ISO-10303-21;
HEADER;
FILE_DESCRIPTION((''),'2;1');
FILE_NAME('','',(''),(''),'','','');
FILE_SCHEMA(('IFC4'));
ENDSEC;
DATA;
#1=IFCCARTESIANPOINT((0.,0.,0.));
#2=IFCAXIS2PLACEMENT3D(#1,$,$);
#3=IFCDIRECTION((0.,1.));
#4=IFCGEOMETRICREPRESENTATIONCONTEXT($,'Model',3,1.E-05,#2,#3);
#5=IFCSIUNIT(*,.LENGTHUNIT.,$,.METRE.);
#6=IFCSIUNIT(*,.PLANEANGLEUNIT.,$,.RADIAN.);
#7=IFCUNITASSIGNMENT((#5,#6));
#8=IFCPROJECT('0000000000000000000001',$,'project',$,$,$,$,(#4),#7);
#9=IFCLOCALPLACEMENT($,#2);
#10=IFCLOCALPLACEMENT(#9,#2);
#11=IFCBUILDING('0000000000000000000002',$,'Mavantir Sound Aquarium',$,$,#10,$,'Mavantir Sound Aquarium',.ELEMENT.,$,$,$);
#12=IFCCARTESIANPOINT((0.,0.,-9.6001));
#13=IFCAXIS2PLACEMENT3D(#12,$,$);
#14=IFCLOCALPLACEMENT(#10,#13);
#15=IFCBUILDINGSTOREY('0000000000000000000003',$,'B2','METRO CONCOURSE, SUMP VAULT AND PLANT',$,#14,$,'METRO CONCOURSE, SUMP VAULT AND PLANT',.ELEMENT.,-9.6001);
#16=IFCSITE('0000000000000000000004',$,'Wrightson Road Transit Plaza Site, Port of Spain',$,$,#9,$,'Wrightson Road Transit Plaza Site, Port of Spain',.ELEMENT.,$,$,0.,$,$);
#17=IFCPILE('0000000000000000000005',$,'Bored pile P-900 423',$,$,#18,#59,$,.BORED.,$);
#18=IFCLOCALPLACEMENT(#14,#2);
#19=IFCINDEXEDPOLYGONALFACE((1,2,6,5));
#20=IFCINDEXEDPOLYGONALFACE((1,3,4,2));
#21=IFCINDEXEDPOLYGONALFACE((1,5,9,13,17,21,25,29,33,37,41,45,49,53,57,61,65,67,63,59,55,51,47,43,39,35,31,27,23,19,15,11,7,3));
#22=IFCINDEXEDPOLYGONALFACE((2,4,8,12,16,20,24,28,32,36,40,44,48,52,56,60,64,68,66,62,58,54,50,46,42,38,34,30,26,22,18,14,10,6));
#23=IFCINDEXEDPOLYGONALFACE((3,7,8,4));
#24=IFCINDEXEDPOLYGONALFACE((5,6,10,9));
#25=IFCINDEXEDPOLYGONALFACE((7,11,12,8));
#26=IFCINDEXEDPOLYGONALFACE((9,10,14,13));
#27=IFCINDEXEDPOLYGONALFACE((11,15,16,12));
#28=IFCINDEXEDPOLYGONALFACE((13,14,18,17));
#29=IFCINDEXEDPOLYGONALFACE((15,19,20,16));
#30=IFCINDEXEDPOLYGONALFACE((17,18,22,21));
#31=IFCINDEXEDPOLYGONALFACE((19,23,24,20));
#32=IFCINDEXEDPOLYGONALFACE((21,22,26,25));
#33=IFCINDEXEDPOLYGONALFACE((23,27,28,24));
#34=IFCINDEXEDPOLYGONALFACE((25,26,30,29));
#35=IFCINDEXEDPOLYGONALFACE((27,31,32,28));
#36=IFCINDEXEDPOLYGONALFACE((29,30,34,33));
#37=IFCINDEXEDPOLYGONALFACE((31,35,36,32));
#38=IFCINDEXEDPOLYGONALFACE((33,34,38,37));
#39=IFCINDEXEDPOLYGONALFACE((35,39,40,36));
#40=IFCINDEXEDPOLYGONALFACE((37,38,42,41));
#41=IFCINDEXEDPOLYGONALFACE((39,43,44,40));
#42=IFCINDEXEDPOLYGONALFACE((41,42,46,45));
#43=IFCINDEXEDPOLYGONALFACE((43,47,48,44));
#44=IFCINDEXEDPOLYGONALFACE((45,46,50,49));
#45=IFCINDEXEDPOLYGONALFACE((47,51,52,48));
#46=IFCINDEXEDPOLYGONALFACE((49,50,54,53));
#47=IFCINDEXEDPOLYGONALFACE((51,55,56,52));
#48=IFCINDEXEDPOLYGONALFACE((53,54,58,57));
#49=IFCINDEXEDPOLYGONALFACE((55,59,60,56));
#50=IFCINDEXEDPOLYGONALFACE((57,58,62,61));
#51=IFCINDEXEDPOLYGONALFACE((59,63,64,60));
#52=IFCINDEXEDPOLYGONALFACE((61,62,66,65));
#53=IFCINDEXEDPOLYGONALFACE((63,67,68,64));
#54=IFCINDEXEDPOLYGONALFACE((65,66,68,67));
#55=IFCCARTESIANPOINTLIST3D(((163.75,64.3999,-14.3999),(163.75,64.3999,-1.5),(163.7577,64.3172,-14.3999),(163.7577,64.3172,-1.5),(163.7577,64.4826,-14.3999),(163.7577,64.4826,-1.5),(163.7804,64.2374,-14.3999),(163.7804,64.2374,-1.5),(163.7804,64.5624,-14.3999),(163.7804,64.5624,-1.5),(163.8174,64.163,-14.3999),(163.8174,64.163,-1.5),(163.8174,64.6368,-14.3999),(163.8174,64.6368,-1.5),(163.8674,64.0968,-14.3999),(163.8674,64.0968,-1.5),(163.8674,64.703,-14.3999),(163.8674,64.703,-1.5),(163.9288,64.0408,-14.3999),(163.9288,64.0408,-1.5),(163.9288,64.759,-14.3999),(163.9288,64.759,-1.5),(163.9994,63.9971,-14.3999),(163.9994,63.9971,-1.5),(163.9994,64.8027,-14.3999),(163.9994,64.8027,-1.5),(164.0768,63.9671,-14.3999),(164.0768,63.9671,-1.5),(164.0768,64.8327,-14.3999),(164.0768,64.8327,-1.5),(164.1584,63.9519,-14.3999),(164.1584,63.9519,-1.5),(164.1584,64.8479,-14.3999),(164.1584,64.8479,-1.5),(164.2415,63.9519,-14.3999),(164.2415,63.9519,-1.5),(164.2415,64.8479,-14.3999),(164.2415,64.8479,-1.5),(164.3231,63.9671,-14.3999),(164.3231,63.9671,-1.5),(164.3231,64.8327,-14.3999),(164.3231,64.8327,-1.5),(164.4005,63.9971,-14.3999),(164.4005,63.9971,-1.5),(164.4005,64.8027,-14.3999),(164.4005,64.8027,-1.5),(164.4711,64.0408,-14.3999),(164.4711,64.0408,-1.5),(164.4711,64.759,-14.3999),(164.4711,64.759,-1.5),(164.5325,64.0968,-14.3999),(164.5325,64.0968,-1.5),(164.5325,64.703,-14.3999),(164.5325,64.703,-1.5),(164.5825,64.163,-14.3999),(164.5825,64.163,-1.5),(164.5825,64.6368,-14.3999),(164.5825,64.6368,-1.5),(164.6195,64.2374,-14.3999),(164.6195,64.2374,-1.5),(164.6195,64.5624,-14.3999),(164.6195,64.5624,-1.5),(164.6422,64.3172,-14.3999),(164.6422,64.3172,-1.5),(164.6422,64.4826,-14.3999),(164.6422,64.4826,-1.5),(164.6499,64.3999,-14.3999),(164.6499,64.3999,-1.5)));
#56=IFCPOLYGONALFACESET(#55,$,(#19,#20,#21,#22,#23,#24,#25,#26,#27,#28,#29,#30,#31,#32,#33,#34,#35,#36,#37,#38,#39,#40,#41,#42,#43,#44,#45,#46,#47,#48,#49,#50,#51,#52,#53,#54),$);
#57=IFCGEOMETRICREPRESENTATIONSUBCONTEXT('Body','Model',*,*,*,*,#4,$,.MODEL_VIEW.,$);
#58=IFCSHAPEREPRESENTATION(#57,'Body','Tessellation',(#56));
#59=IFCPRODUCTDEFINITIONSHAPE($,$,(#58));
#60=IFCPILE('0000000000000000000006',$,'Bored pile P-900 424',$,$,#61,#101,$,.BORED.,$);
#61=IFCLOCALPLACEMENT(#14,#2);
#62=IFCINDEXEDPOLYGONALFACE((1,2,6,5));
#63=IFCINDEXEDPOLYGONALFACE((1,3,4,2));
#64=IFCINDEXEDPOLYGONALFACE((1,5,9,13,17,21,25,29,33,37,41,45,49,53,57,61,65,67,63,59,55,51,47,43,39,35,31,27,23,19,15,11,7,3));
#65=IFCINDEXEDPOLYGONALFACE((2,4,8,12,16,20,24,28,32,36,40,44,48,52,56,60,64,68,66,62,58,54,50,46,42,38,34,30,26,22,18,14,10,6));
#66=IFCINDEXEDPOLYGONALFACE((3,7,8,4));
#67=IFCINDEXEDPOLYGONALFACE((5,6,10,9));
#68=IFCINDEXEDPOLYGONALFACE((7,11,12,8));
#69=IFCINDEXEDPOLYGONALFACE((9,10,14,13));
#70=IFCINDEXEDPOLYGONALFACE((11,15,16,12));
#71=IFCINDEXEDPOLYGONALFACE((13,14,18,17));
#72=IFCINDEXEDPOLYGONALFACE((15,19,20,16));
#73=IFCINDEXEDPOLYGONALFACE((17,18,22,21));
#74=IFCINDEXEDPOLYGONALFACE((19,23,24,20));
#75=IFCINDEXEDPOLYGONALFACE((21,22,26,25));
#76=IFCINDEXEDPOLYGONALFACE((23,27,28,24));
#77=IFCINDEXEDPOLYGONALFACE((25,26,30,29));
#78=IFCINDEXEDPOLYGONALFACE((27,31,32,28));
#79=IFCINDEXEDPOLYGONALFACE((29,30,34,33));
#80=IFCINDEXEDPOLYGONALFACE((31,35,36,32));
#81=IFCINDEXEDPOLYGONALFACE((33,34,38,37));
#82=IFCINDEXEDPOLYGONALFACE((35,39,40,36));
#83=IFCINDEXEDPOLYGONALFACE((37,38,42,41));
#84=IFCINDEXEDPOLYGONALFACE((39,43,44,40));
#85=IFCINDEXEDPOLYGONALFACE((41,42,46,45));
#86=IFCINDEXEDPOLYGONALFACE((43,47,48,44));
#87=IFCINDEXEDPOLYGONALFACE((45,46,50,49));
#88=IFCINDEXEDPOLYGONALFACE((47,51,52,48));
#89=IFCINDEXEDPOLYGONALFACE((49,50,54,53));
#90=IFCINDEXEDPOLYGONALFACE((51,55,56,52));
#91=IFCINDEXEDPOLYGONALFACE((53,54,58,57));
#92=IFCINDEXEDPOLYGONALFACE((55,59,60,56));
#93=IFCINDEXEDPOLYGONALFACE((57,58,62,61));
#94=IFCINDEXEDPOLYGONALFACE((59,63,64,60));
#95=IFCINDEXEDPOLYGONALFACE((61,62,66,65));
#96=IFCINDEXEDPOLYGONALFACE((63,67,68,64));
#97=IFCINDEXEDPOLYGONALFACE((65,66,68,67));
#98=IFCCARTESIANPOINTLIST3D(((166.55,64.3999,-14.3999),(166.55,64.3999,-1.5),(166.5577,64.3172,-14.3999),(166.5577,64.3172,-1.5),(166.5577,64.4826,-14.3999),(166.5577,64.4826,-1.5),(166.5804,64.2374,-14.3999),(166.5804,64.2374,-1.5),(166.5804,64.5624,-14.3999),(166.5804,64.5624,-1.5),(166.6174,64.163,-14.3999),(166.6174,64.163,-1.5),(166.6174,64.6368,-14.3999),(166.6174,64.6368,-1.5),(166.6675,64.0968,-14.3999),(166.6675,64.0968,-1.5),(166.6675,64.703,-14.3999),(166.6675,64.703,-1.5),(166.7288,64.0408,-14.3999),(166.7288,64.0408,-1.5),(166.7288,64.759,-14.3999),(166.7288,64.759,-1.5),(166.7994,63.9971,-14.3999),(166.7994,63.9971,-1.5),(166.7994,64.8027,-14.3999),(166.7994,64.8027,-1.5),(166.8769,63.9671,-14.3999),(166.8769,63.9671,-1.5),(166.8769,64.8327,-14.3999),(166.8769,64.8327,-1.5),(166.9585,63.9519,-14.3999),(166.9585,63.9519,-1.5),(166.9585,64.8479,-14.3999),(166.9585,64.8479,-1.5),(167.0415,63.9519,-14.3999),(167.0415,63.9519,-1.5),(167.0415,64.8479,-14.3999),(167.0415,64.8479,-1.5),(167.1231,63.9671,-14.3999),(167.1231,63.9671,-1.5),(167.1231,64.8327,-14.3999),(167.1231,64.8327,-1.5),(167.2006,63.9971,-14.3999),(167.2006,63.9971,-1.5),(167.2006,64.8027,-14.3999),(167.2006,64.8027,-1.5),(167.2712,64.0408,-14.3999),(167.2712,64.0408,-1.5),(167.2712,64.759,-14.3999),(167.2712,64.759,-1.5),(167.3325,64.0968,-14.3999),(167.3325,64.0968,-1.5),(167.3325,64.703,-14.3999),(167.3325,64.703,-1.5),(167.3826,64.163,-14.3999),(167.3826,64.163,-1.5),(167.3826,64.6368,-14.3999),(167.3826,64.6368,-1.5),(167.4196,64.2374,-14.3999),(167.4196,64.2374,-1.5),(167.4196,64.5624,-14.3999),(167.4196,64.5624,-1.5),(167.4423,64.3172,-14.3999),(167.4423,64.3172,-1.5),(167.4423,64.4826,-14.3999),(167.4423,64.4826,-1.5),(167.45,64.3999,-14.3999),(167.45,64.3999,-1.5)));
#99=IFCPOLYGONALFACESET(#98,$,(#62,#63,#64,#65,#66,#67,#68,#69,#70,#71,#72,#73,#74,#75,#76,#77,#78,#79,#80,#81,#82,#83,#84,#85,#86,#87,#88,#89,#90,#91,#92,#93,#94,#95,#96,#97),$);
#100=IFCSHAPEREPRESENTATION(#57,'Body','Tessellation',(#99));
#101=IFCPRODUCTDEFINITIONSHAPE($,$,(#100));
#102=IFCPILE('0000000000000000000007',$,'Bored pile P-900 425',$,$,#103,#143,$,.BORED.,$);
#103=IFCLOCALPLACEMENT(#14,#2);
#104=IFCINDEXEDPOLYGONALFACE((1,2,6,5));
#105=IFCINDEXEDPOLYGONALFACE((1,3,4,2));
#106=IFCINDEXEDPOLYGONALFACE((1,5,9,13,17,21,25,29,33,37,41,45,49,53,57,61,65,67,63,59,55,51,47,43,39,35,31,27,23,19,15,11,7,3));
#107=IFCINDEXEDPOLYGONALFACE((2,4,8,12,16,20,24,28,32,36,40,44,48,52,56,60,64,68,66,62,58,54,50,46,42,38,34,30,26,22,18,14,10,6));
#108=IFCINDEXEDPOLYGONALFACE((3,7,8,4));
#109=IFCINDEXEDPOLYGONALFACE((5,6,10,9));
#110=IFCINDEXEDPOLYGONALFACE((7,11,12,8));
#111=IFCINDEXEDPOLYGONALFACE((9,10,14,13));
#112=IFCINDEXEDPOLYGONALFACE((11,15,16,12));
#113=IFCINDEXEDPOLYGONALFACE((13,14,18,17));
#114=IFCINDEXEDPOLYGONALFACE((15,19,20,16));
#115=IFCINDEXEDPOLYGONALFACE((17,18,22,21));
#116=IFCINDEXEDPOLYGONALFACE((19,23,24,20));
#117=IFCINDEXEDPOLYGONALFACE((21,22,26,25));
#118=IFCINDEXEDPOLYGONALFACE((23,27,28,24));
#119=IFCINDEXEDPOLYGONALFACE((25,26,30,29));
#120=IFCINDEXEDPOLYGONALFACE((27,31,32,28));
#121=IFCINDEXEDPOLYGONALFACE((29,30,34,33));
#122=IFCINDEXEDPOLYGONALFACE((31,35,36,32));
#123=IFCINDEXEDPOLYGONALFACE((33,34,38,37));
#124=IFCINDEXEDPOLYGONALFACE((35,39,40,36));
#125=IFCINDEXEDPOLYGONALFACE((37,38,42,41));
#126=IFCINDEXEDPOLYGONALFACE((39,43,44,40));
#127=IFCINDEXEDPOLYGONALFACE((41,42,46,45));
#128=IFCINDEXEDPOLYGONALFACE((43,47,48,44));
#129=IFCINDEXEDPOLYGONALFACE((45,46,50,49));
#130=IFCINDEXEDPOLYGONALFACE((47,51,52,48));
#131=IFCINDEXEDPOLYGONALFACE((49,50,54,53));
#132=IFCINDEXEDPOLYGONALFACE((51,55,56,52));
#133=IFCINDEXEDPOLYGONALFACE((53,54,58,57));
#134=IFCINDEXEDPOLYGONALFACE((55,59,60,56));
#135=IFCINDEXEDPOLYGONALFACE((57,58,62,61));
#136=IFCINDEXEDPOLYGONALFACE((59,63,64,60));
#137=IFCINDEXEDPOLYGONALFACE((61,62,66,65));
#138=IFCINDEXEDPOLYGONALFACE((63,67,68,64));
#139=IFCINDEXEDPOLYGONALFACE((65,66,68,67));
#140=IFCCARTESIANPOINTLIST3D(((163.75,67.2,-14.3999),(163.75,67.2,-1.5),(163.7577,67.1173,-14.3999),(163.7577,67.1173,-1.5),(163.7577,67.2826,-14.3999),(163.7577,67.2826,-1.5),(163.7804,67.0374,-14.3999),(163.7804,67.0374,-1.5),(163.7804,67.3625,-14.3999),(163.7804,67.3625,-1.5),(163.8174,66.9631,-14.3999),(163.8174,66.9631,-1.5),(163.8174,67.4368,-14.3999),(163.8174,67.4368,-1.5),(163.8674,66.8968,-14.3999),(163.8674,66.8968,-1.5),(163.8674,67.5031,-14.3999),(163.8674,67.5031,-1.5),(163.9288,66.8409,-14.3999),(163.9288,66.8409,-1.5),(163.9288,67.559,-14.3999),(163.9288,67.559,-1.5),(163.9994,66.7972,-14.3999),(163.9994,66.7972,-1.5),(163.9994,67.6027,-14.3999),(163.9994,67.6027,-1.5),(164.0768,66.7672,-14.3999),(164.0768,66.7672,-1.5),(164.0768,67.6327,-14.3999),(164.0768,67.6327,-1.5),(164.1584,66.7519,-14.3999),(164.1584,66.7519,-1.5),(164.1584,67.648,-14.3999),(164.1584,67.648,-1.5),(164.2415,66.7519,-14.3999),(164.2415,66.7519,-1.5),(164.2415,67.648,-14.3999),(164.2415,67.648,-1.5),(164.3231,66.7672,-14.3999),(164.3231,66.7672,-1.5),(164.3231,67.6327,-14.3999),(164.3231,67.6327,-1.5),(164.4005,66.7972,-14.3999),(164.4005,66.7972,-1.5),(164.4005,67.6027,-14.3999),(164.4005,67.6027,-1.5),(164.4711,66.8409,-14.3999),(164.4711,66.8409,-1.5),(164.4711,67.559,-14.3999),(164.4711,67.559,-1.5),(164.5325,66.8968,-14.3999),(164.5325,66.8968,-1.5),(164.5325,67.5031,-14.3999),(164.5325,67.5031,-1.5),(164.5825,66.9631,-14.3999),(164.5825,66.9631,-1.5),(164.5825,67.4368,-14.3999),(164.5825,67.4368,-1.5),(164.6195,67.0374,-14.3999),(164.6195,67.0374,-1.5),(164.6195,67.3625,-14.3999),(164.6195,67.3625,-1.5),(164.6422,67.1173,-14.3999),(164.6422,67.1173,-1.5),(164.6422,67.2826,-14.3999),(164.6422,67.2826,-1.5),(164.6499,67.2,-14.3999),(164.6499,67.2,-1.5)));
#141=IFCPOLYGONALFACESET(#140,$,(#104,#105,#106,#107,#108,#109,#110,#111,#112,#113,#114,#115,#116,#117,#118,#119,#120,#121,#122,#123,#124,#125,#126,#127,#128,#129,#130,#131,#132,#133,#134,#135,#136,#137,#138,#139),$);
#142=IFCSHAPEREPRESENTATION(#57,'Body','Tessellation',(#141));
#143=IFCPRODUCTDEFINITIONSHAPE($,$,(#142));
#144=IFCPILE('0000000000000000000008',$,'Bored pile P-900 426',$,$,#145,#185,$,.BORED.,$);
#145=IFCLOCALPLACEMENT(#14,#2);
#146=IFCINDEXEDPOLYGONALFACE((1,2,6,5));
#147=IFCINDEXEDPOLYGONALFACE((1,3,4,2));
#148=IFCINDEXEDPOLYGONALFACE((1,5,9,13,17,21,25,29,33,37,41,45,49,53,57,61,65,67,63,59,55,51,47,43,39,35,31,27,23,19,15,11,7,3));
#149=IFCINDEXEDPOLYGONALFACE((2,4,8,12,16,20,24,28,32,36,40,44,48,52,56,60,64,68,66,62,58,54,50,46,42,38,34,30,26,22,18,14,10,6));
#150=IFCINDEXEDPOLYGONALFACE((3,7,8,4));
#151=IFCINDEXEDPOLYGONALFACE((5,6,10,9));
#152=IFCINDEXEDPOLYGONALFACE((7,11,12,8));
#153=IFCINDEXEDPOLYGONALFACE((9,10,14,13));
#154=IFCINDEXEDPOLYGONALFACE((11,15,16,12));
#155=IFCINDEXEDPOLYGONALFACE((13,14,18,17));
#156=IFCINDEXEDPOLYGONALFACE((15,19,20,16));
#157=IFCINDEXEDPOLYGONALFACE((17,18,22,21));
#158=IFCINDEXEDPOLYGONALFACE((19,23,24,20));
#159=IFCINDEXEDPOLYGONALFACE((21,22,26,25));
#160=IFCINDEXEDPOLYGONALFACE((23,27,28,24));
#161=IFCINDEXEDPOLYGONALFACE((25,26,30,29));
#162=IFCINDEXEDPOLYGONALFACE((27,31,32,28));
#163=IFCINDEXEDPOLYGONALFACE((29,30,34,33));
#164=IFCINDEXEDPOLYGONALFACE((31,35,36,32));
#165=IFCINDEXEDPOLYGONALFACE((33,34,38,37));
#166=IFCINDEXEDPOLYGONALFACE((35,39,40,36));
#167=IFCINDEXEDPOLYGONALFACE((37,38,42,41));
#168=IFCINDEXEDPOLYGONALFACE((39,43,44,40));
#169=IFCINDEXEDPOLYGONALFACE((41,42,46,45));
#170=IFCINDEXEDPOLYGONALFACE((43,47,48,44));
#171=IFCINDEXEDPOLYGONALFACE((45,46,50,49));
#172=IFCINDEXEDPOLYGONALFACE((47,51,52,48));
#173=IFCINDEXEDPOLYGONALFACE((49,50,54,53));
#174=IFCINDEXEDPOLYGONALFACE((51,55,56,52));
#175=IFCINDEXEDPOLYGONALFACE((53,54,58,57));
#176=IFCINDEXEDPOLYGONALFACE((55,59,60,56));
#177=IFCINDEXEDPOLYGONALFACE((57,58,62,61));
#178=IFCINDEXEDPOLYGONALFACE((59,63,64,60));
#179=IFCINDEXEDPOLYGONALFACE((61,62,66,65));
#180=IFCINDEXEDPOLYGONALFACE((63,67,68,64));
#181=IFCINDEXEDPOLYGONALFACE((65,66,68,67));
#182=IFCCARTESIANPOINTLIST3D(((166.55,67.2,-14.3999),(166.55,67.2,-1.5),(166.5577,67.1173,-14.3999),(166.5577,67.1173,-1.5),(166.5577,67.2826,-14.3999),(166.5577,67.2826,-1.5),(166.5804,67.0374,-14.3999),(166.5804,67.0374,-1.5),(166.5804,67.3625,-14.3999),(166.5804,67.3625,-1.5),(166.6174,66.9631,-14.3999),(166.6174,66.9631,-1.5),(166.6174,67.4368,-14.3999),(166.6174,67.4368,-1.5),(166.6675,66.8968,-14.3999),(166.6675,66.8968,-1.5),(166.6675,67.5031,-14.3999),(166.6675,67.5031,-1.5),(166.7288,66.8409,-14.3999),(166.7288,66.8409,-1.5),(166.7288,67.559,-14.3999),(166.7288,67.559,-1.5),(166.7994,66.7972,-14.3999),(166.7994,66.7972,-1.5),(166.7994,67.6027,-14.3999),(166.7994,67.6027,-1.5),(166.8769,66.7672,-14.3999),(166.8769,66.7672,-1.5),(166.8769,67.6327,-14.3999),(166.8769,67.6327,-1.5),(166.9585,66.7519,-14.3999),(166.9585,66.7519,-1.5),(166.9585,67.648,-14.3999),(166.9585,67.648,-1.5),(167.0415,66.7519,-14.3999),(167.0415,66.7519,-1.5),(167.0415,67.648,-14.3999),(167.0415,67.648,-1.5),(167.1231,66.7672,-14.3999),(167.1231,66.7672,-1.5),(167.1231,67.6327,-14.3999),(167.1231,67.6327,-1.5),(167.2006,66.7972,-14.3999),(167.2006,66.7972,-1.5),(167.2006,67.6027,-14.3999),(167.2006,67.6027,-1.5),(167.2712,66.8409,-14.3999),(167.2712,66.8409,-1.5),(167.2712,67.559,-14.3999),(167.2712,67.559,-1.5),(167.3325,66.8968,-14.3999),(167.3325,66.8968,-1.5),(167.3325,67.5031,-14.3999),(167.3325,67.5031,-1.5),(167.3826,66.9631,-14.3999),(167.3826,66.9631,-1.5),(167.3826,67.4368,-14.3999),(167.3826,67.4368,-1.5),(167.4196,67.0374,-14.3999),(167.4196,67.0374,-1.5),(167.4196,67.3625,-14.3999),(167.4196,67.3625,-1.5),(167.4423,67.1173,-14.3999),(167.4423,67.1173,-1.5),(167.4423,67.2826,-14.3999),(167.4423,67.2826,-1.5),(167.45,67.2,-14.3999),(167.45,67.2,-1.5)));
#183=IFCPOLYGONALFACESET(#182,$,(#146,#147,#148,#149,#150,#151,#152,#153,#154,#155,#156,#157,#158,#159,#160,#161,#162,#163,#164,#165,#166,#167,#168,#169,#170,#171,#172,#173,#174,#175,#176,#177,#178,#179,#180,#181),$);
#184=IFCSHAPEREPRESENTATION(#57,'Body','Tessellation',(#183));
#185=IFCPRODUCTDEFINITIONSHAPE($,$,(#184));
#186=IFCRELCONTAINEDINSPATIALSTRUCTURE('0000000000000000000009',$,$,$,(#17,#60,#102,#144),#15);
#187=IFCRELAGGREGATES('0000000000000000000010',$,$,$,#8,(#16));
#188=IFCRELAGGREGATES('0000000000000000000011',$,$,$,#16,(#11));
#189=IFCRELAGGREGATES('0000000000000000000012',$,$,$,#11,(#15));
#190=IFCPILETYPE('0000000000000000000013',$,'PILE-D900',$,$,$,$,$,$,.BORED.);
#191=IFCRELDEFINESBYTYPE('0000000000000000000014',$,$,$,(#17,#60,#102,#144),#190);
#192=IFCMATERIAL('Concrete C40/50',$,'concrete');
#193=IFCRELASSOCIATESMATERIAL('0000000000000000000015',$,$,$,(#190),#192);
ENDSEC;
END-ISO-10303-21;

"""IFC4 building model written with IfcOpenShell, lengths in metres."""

from ifc_helpers import new_model, si_unit, direction, frame, origin, origin_2d, place, context, subcontext, project, spatial, circle, extrude, material, material_profile, profile_set, type_object, element, save


model = new_model("IFC4")

# Units and contexts
model_context = context("Model", 3, precision=1e-05, world=origin(), true_north=direction((0.0, 1.0)))
body_context = subcontext(model_context, "Body", "Model", "MODEL_VIEW")
ifc_project = project(units=[si_unit("LENGTHUNIT", "METRE"), si_unit("PLANEANGLEUNIT", "RADIAN")], contexts=[model_context])

# Site, building, storey
site_placement = place(None, origin())
site = spatial("IfcSite", under=ifc_project, at=site_placement, Name="Wrightson Road Transit Plaza Site, Port of Spain", LongName="Wrightson Road Transit Plaza Site, Port of Spain", CompositionType="ELEMENT", RefElevation=0.0)
building_placement = place(site_placement, origin())
building = spatial("IfcBuilding", under=site, at=building_placement, Name="Mavantir Sound Aquarium", LongName="Mavantir Sound Aquarium", CompositionType="ELEMENT")
storey_placement = place(building_placement, frame((0.0, 0.0, -9.6001)))
storey = spatial("IfcBuildingStorey", under=building, at=storey_placement, Name="B2", Description="METRO CONCOURSE, SUMP VAULT AND PLANT", LongName="METRO CONCOURSE, SUMP VAULT AND PLANT", CompositionType="ELEMENT", Elevation=-9.6001)

# Shared definitions
ifc_material_1 = material(Name="Concrete C40/50", Category="concrete")

# Piles
ifc_material_profile_1 = material_profile(ifc_material_1, circle(Radius=0.45, at=origin_2d()), Name="PILE D900")
ifc_profile_set_1 = profile_set([ifc_material_profile_1], Name="Concrete C40/50")
pile_type = type_object("IfcPileType", Name="PILE-D900", PredefinedType="BORED", material=ifc_profile_set_1)
for number, where, z_axis, x_axis, name in (
    (1, (164.2, 64.3999, -1.5), (0.0, 0.0, -1.0), (1.0, 0.0, 0.0), "Bored pile P-900 423"),
    (2, (167.0, 64.3999, -1.5), (0.0, 0.0, -1.0), (1.0, 0.0, 0.0), "Bored pile P-900 424"),
    (3, (164.2, 67.2, -1.5), (0.0, 0.0, -1.0), (1.0, 0.0, 0.0), "Bored pile P-900 425"),
    (4, (167.0, 67.2, -1.5), (0.0, 0.0, -1.0), (1.0, 0.0, 0.0), "Bored pile P-900 426"),
):
    element("IfcPile", number, at=place(storey_placement, frame(where, z_axis=z_axis, x_axis=x_axis)), inside=storey, type_object=pile_type, Name=name, PredefinedType="BORED", context=body_context, shape_type="SweptSolid", body=[
        extrude(circle(Radius=0.45, at=origin_2d()), origin(), (0.0, 0.0, 1.0), 12.8999),
    ])

save(model, "model.ifc")
